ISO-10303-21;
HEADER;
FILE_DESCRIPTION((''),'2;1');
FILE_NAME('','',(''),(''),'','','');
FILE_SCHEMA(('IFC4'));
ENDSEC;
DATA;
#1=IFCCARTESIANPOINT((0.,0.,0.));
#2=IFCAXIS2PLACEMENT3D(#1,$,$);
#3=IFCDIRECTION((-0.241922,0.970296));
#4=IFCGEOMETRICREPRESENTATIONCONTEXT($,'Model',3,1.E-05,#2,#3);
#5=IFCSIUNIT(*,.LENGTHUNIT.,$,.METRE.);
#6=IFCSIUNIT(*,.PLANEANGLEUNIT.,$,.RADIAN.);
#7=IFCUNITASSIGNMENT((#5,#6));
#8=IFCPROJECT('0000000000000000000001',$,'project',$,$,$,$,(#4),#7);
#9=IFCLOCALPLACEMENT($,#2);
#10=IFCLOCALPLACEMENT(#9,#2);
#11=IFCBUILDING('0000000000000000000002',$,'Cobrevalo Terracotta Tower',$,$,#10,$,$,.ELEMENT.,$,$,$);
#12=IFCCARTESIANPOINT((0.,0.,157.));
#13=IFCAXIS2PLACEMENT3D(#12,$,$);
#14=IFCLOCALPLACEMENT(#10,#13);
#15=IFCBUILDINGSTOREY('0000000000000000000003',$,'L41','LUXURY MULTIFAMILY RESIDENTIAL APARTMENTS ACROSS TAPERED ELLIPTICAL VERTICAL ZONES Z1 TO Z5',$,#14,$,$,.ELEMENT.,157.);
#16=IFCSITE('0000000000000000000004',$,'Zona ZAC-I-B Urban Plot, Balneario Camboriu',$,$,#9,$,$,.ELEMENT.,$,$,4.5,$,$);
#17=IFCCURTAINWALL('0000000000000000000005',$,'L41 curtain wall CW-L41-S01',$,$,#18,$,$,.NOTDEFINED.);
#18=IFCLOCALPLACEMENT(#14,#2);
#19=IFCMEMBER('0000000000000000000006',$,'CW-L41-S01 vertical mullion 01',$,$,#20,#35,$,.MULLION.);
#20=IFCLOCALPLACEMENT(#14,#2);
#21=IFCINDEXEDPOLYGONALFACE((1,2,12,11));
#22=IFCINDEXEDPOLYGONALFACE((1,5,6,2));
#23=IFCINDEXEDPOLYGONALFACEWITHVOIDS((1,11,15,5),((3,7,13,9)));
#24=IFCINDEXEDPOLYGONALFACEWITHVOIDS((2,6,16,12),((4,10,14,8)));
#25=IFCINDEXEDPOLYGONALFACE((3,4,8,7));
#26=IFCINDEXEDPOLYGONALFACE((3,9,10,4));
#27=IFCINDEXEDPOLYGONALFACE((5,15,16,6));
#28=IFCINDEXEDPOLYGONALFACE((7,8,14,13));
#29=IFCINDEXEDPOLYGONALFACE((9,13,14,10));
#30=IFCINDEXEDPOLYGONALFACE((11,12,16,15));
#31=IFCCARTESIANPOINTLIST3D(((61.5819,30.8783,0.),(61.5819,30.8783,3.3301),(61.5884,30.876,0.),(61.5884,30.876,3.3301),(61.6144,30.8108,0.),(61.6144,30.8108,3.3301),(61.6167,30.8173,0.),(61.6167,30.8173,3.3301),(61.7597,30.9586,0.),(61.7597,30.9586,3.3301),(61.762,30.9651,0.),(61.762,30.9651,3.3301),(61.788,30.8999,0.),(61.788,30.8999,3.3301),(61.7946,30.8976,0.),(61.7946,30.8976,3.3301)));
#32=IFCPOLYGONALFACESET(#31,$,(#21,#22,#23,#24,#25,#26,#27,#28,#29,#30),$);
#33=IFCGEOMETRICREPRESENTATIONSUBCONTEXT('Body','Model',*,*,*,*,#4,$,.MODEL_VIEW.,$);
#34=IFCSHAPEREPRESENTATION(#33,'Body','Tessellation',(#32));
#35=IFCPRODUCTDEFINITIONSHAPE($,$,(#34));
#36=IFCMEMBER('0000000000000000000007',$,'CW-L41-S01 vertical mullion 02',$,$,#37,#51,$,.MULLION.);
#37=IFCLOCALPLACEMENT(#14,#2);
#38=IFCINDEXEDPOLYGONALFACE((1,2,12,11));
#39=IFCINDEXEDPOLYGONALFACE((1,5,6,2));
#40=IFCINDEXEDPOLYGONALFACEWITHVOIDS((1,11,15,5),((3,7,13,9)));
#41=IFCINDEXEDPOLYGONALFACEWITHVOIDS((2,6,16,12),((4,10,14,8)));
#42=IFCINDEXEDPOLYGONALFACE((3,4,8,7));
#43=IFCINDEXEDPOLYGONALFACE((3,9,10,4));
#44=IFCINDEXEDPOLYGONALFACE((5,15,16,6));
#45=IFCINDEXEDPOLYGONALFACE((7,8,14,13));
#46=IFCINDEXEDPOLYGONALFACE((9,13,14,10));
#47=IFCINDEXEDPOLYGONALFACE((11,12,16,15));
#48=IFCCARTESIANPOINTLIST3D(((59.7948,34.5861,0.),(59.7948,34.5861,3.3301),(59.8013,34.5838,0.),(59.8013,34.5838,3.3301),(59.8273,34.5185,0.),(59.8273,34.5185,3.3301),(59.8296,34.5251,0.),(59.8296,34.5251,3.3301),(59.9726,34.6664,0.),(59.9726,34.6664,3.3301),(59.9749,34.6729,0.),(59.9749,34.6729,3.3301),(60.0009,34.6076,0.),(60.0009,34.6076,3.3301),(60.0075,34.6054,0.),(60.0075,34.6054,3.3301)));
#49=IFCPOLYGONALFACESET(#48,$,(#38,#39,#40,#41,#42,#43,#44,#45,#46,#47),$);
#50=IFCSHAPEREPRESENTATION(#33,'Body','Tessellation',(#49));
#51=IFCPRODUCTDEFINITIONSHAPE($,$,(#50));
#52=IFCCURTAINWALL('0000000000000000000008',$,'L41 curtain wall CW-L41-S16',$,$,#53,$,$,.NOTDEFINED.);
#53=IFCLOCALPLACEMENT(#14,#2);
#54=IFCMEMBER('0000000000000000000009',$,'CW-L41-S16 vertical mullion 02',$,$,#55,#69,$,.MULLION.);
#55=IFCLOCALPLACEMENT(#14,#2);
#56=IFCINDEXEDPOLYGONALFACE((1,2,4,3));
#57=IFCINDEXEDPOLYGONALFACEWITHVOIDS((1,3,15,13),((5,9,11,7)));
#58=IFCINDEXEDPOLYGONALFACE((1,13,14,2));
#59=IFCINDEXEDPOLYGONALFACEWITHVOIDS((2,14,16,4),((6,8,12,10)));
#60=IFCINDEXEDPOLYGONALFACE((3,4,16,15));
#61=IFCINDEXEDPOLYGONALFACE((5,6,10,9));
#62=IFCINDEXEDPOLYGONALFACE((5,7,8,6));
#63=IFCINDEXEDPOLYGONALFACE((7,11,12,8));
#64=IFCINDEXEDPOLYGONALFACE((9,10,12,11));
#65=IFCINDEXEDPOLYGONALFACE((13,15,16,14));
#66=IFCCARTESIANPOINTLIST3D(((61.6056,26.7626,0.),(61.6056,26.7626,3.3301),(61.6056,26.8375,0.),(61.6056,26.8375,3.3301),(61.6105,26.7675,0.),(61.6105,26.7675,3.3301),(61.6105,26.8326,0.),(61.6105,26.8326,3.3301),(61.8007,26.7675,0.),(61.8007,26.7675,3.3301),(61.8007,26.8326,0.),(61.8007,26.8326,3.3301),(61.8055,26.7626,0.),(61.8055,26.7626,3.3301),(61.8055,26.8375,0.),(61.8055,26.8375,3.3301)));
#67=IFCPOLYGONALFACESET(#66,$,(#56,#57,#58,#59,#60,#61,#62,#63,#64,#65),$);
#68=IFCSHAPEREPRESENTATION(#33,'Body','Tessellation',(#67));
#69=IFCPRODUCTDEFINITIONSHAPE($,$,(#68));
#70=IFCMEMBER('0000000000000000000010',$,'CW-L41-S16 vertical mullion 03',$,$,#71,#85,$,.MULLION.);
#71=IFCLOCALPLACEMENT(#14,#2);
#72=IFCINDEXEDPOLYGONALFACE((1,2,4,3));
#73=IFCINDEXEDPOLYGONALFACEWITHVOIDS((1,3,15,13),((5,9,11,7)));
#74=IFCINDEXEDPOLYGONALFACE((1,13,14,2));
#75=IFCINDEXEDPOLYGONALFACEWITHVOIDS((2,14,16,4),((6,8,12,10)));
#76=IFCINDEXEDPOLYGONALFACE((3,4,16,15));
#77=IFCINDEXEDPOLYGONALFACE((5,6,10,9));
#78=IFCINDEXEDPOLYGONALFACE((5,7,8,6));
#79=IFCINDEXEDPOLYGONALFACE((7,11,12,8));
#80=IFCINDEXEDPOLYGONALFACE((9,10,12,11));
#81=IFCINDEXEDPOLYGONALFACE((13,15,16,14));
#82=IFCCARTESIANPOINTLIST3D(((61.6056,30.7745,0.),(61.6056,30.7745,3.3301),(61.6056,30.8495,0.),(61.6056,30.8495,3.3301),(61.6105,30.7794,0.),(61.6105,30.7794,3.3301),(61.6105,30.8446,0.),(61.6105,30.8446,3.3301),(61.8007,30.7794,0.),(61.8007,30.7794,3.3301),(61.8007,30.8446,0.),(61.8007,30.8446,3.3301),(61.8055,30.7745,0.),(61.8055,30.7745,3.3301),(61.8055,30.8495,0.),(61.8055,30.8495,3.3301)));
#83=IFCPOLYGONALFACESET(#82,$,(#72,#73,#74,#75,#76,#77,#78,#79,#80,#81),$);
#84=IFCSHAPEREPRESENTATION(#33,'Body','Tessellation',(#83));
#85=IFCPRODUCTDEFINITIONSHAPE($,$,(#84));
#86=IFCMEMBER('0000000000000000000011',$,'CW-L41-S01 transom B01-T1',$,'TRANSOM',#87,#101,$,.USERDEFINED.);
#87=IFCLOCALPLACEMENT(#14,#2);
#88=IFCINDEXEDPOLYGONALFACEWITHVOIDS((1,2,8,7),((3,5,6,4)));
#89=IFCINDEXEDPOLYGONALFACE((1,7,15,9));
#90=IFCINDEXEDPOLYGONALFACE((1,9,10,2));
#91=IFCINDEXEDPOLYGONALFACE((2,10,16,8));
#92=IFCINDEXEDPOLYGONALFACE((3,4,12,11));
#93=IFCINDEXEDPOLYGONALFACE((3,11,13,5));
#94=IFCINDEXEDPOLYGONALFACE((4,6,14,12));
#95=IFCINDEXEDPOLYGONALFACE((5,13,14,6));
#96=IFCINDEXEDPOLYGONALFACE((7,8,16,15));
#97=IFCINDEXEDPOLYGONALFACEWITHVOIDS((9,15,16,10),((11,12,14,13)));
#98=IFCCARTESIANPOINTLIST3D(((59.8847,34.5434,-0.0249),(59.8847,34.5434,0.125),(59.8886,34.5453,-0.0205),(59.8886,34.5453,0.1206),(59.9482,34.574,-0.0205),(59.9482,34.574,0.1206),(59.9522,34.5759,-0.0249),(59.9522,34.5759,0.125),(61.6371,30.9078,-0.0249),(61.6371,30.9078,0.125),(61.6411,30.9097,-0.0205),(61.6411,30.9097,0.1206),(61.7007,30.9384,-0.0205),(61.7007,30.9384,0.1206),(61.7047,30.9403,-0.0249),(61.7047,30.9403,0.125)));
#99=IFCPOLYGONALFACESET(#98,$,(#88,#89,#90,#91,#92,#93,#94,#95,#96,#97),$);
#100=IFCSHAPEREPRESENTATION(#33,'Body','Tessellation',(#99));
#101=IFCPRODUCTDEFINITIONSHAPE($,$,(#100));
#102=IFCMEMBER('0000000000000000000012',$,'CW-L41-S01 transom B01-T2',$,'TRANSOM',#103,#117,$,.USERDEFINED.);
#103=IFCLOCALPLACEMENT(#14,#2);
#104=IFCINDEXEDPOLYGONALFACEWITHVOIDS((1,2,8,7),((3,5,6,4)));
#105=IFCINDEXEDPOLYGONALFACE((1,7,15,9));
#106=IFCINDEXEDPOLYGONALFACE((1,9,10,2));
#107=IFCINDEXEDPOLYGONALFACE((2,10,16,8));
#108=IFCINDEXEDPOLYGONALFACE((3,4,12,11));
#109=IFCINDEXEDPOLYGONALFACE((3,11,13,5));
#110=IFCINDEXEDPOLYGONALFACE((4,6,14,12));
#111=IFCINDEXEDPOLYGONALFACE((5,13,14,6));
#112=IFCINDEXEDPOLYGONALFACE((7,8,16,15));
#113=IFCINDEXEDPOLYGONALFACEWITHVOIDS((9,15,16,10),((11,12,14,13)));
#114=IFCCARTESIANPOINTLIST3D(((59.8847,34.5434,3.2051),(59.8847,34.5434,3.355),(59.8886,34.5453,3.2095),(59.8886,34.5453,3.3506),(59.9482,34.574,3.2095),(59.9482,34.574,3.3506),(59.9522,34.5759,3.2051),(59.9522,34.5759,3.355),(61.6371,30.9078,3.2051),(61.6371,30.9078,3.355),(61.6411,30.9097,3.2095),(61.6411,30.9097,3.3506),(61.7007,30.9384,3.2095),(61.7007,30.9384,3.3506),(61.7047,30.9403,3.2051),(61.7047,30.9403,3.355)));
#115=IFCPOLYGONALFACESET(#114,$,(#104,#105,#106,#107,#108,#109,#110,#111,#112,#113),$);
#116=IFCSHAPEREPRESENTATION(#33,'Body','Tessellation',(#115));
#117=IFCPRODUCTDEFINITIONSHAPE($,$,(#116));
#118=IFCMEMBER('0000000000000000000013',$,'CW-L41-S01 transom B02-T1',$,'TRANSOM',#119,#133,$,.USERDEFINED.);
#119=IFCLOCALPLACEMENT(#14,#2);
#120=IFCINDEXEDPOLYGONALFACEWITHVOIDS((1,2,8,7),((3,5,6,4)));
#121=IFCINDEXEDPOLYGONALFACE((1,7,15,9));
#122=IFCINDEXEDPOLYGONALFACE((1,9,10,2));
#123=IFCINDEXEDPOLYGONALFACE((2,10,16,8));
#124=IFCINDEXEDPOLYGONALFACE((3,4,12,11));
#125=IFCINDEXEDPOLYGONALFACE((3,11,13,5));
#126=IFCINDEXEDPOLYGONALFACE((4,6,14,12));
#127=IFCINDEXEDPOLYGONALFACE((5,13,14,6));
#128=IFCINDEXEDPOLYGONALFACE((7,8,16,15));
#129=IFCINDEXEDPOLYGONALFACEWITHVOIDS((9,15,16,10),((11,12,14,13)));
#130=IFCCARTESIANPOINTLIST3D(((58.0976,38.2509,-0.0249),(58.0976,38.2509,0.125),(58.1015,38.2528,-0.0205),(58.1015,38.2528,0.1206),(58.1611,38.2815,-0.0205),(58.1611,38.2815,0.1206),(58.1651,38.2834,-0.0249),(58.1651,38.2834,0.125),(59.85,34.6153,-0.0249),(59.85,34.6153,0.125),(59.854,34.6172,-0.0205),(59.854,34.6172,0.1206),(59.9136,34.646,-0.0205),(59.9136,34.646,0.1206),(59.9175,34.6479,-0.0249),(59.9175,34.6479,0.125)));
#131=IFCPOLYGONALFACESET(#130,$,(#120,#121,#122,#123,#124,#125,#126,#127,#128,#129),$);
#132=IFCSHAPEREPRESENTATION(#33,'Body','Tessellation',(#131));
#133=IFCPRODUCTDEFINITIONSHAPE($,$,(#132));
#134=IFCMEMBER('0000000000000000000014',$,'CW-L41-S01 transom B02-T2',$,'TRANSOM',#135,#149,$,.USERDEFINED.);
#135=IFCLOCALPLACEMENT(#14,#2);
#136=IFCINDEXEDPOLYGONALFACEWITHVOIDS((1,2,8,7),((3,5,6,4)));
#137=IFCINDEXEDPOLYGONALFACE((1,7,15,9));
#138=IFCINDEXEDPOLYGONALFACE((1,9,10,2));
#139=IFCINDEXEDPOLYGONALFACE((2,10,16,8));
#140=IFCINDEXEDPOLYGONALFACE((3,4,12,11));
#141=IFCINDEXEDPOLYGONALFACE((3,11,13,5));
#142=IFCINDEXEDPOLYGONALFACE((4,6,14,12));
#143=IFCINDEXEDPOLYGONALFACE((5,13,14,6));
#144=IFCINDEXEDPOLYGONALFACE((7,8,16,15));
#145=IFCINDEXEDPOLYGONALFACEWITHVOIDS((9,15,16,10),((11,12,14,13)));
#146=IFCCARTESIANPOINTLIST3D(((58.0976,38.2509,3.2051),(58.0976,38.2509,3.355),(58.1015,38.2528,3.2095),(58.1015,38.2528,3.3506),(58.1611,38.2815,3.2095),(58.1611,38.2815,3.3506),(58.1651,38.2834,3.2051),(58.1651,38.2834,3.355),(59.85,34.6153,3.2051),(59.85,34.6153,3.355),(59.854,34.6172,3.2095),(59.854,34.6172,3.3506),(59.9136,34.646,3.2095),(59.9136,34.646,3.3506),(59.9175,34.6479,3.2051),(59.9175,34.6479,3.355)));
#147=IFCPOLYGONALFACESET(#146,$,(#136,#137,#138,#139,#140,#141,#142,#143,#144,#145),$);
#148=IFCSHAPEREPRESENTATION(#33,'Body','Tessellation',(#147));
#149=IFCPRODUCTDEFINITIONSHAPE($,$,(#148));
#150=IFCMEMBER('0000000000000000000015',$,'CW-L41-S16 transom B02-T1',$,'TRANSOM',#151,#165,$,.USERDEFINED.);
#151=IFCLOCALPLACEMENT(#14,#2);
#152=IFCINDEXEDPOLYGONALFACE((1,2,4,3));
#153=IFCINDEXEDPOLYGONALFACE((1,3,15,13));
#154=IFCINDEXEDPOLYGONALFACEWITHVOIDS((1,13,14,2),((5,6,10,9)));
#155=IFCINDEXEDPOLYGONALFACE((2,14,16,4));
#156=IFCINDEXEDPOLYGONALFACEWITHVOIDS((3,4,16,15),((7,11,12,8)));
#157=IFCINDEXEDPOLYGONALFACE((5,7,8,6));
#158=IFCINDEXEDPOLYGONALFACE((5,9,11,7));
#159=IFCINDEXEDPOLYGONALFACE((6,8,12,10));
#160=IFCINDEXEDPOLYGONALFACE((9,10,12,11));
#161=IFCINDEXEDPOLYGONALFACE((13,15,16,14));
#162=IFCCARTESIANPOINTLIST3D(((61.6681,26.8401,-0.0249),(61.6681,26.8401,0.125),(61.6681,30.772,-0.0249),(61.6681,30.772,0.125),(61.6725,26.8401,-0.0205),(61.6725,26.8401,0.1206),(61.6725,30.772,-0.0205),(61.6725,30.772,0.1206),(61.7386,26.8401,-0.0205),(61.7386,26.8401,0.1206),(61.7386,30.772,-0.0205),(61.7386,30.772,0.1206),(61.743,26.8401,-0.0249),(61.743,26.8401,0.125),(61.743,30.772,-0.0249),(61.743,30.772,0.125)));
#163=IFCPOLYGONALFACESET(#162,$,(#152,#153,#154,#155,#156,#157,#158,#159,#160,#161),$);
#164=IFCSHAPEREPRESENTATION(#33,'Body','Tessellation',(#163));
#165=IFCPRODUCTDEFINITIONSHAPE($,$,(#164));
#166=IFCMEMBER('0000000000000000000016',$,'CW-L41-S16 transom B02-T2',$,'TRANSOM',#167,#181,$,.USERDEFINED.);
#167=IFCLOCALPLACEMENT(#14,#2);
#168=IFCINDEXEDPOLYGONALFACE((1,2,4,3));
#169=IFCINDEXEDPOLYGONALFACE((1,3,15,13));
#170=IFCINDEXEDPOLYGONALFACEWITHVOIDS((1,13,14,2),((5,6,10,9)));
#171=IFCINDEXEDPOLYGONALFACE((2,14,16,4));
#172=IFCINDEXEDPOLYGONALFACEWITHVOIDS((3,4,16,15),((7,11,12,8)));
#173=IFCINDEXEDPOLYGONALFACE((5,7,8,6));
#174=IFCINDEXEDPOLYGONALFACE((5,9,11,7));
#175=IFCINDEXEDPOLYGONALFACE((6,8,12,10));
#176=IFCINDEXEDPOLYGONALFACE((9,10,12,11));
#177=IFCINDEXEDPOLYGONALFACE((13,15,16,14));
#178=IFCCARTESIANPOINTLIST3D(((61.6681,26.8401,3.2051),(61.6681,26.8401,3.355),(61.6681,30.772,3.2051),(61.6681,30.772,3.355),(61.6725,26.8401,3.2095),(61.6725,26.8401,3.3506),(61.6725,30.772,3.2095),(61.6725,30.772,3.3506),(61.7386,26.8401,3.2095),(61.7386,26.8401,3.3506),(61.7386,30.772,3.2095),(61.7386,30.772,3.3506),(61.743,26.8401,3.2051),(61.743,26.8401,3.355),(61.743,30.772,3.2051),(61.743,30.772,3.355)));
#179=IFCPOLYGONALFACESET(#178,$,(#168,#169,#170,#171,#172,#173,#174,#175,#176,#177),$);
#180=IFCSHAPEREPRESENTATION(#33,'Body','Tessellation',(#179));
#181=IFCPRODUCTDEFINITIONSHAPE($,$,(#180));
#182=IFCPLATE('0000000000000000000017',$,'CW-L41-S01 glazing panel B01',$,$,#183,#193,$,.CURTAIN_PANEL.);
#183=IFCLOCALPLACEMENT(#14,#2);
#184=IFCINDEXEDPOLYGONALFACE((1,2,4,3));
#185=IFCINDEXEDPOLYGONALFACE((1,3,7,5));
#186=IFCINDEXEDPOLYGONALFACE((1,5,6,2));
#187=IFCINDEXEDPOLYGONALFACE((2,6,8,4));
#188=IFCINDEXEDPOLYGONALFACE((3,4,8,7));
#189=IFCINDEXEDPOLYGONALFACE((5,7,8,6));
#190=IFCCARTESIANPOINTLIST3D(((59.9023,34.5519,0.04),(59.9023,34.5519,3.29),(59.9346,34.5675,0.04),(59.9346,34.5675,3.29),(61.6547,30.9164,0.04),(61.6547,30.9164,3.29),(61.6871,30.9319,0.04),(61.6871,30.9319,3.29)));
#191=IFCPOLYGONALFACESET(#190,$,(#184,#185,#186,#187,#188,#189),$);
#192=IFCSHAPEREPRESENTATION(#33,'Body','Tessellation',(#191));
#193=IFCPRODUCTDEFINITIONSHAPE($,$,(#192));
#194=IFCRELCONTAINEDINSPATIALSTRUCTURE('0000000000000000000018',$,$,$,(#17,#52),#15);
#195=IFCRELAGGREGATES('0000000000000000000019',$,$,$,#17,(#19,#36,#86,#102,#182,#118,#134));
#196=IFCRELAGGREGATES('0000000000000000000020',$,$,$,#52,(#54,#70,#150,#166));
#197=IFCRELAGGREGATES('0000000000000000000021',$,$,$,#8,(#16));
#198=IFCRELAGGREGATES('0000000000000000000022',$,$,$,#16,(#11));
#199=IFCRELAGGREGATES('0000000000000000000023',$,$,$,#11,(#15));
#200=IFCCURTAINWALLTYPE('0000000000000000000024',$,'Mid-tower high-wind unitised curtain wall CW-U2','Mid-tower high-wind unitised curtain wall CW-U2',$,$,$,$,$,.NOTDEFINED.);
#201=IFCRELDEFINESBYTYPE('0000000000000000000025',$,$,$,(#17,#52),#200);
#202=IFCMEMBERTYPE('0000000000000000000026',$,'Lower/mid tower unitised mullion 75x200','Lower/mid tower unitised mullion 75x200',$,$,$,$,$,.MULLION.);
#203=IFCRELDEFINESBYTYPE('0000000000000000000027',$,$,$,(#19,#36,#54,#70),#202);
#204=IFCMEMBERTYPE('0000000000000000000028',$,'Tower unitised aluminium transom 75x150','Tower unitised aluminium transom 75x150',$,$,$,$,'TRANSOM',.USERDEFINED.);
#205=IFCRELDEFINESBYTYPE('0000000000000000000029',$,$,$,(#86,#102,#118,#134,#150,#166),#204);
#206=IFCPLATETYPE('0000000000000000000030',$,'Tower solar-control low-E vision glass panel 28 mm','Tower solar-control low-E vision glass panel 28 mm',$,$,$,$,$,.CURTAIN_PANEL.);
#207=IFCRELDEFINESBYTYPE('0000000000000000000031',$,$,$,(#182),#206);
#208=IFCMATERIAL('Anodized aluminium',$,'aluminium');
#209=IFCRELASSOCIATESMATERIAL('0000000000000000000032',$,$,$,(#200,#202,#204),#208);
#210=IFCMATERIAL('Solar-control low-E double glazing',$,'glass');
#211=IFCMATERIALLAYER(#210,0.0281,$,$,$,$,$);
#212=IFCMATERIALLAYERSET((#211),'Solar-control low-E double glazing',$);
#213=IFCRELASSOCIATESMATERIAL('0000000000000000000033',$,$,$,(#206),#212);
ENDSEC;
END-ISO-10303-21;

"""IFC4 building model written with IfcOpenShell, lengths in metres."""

from ifc_helpers import new_model, si_unit, direction, frame, origin, origin_2d, place, context, subcontext, project, spatial, rectangle, hollow_rectangle, extrude, source, transform, mapped, material, layer, layer_set, material_profile, profile_set, type_object, element, aggregate, save


model = new_model("IFC4")

# Units and contexts
model_context = context("Model", 3, precision=1e-05, world=origin(), true_north=direction((-0.241922, 0.970296)))
body_context = subcontext(model_context, "Body", "Model", "MODEL_VIEW")
ifc_project = project(units=[si_unit("LENGTHUNIT", "METRE"), si_unit("PLANEANGLEUNIT", "RADIAN")], contexts=[model_context])

# Site, building, storey
site_placement = place(None, origin())
site = spatial("IfcSite", under=ifc_project, at=site_placement, Name="Zona ZAC-I-B Urban Plot, Balneario Camboriu", CompositionType="ELEMENT", RefElevation=4.5)
building_placement = place(site_placement, origin())
building = spatial("IfcBuilding", under=site, at=building_placement, Name="Cobrevalo Terracotta Tower", CompositionType="ELEMENT")
storey_placement = place(building_placement, frame((0.0, 0.0, 157.0)))
storey = spatial("IfcBuildingStorey", under=building, at=storey_placement, Name="L41", Description="LUXURY MULTIFAMILY RESIDENTIAL APARTMENTS ACROSS TAPERED ELLIPTICAL VERTICAL ZONES Z1 TO Z5", CompositionType="ELEMENT", Elevation=157.0)

# Curtain walls, members
ifc_material_1 = material(Name="Anodized aluminium", Category="aluminium")
curtain_wall_type = type_object("IfcCurtainWallType", Name="Mid-tower high-wind unitised curtain wall CW-U2", Description="Mid-tower high-wind unitised curtain wall CW-U2", PredefinedType="NOTDEFINED", material=ifc_material_1)
curtain_wall_1_placement = place(storey_placement, origin())
curtain_wall_1 = element("IfcCurtainWall", 1, at=curtain_wall_1_placement, inside=storey, type_object=curtain_wall_type, Name="L41 curtain wall CW-L41-S01", PredefinedType="NOTDEFINED")
ifc_material_profile_1 = material_profile(ifc_material_1, hollow_rectangle(XDim=0.075, YDim=0.2, WallThickness=0.0049, at=origin_2d()), Name="CWM 75x200")
ifc_profile_set_1 = profile_set([ifc_material_profile_1], Name="Anodized aluminium")
member_type_1 = type_object("IfcMemberType", Name="Lower/mid tower unitised mullion 75x200", Description="Lower/mid tower unitised mullion 75x200", PredefinedType="MULLION", material=ifc_profile_set_1)
shared_shape_1 = source(origin(), body_context, "Body", "SweptSolid", [
    extrude(hollow_rectangle(XDim=0.075, YDim=0.2, WallThickness=0.0049, at=origin_2d()), origin(), (0.0, 0.0, 1.0), 3.3301),
])
member_1_placement = place(storey_placement, frame((61.6882, 30.8879, 0.0), z_axis=(0.0, 0.0, 1.0), x_axis=(-0.434209, 0.900812, 0.0)))
member_1 = element("IfcMember", 2, at=member_1_placement, type_object=member_type_1, Name="CW-L41-S01 vertical mullion 01", PredefinedType="MULLION", context=body_context, shape_type="MappedRepresentation", body=[
    mapped(shared_shape_1, transform((0.0, 0.0, 0.0), scale=1.0)),
])
member_2_placement = place(storey_placement, frame((59.9011, 34.5957, 0.0), z_axis=(0.0, 0.0, 1.0), x_axis=(-0.434209, 0.900812, 0.0)))
member_2 = element("IfcMember", 3, at=member_2_placement, type_object=member_type_1, Name="CW-L41-S01 vertical mullion 02", PredefinedType="MULLION", context=body_context, shape_type="MappedRepresentation", body=[
    mapped(shared_shape_1, transform((0.0, 0.0, 0.0), scale=1.0)),
])
curtain_wall_2_placement = place(storey_placement, origin())
curtain_wall_2 = element("IfcCurtainWall", 4, at=curtain_wall_2_placement, inside=storey, type_object=curtain_wall_type, Name="L41 curtain wall CW-L41-S16", PredefinedType="NOTDEFINED")
member_3_placement = place(storey_placement, frame((61.7056, 26.8, 0.0), z_axis=(0.0, 0.0, 1.0), x_axis=(0.0, 1.0, 0.0)))
member_3 = element("IfcMember", 5, at=member_3_placement, type_object=member_type_1, Name="CW-L41-S16 vertical mullion 02", PredefinedType="MULLION", context=body_context, shape_type="MappedRepresentation", body=[
    mapped(shared_shape_1, transform((0.0, 0.0, 0.0), scale=1.0)),
])
member_4_placement = place(storey_placement, frame((61.7056, 30.812, 0.0), z_axis=(0.0, 0.0, 1.0), x_axis=(0.0, 1.0, 0.0)))
member_4 = element("IfcMember", 6, at=member_4_placement, type_object=member_type_1, Name="CW-L41-S16 vertical mullion 03", PredefinedType="MULLION", context=body_context, shape_type="MappedRepresentation", body=[
    mapped(shared_shape_1, transform((0.0, 0.0, 0.0), scale=1.0)),
])

# Members
ifc_material_profile_2 = material_profile(ifc_material_1, hollow_rectangle(XDim=0.075, YDim=0.1499, WallThickness=0.0044, at=origin_2d()), Name="CWT 75x150")
ifc_profile_set_2 = profile_set([ifc_material_profile_2], Name="Anodized aluminium")
member_type_2 = type_object("IfcMemberType", Name="Tower unitised aluminium transom 75x150", Description="Tower unitised aluminium transom 75x150", ElementType="TRANSOM", PredefinedType="USERDEFINED", material=ifc_profile_set_2)
shared_shape_2 = source(origin(), body_context, "Body", "SweptSolid", [
    extrude(hollow_rectangle(XDim=0.075, YDim=0.1499, WallThickness=0.0044, at=origin_2d()), origin(), (0.0, 0.0, 1.0), 4.0359),
])
member_5_placement = place(storey_placement, frame((61.6709, 30.9241, 0.05), z_axis=(-0.434221, 0.900806, 0.0), x_axis=(-0.900806, -0.434221, 0.0)))
member_5 = element("IfcMember", 7, at=member_5_placement, type_object=member_type_2, Name="CW-L41-S01 transom B01-T1", ObjectType="TRANSOM", PredefinedType="USERDEFINED", context=body_context, shape_type="MappedRepresentation", body=[
    mapped(shared_shape_2, transform((0.0, 0.0, 0.0), scale=1.0)),
])
member_6_placement = place(storey_placement, frame((61.6709, 30.9241, 3.28), z_axis=(-0.434221, 0.900806, 0.0), x_axis=(-0.900806, -0.434221, 0.0)))
member_6 = element("IfcMember", 8, at=member_6_placement, type_object=member_type_2, Name="CW-L41-S01 transom B01-T2", ObjectType="TRANSOM", PredefinedType="USERDEFINED", context=body_context, shape_type="MappedRepresentation", body=[
    mapped(shared_shape_2, transform((0.0, 0.0, 0.0), scale=1.0)),
])
member_7_placement = place(storey_placement, frame((59.8838, 34.6316, 0.05), z_axis=(-0.434221, 0.900806, 0.0), x_axis=(-0.900806, -0.434221, 0.0)))
member_7 = element("IfcMember", 9, at=member_7_placement, type_object=member_type_2, Name="CW-L41-S01 transom B02-T1", ObjectType="TRANSOM", PredefinedType="USERDEFINED", context=body_context, shape_type="MappedRepresentation", body=[
    mapped(shared_shape_2, transform((0.0, 0.0, 0.0), scale=1.0)),
])
member_8_placement = place(storey_placement, frame((59.8838, 34.6316, 3.28), z_axis=(-0.434221, 0.900806, 0.0), x_axis=(-0.900806, -0.434221, 0.0)))
member_8 = element("IfcMember", 10, at=member_8_placement, type_object=member_type_2, Name="CW-L41-S01 transom B02-T2", ObjectType="TRANSOM", PredefinedType="USERDEFINED", context=body_context, shape_type="MappedRepresentation", body=[
    mapped(shared_shape_2, transform((0.0, 0.0, 0.0), scale=1.0)),
])
shared_shape_3 = source(origin(), body_context, "Body", "SweptSolid", [
    extrude(hollow_rectangle(XDim=0.075, YDim=0.1499, WallThickness=0.0044, at=origin_2d()), origin(), (0.0, 0.0, 1.0), 3.9319),
])
member_9_placement = place(storey_placement, frame((61.7056, 26.8401, 0.05), z_axis=(0.0, 1.0, 0.0), x_axis=(-1.0, 0.0, 0.0)))
member_9 = element("IfcMember", 11, at=member_9_placement, type_object=member_type_2, Name="CW-L41-S16 transom B02-T1", ObjectType="TRANSOM", PredefinedType="USERDEFINED", context=body_context, shape_type="MappedRepresentation", body=[
    mapped(shared_shape_3, transform((0.0, 0.0, 0.0), scale=1.0)),
])
member_10_placement = place(storey_placement, frame((61.7056, 26.8401, 3.28), z_axis=(0.0, 1.0, 0.0), x_axis=(-1.0, 0.0, 0.0)))
member_10 = element("IfcMember", 12, at=member_10_placement, type_object=member_type_2, Name="CW-L41-S16 transom B02-T2", ObjectType="TRANSOM", PredefinedType="USERDEFINED", context=body_context, shape_type="MappedRepresentation", body=[
    mapped(shared_shape_3, transform((0.0, 0.0, 0.0), scale=1.0)),
])

# Plate
ifc_material_2 = material(Name="Solar-control low-E double glazing", Category="glass")
ifc_layer_1 = layer(ifc_material_2, 0.0281)
ifc_layer_set_1 = layer_set([ifc_layer_1], Name="Solar-control low-E double glazing")
plate_type = type_object("IfcPlateType", Name="Tower solar-control low-E vision glass panel 28 mm", Description="Tower solar-control low-E vision glass panel 28 mm", PredefinedType="CURTAIN_PANEL", material=ifc_layer_set_1)
shared_shape_4 = source(origin(), body_context, "Body", "SweptSolid", [
    extrude(rectangle(XDim=4.0359, YDim=0.0359, at=origin_2d()), origin(), (0.0, 0.0, 1.0), 3.25),
])
plate_1_placement = place(storey_placement, frame((60.7947, 32.7419, 0.04), z_axis=(0.0, 0.0, 1.0), x_axis=(-0.434209, 0.900812, 0.0)))
plate_1 = element("IfcPlate", 13, at=plate_1_placement, type_object=plate_type, Name="CW-L41-S01 glazing panel B01", PredefinedType="CURTAIN_PANEL", context=body_context, shape_type="MappedRepresentation", body=[
    mapped(shared_shape_4, transform((0.0, 0.0, 0.0), scale=1.0)),
])
aggregate(curtain_wall_1, [member_1, member_2, member_5, member_6, plate_1, member_7, member_8])
aggregate(curtain_wall_2, [member_3, member_4, member_9, member_10])

save(model, "model.ifc")
